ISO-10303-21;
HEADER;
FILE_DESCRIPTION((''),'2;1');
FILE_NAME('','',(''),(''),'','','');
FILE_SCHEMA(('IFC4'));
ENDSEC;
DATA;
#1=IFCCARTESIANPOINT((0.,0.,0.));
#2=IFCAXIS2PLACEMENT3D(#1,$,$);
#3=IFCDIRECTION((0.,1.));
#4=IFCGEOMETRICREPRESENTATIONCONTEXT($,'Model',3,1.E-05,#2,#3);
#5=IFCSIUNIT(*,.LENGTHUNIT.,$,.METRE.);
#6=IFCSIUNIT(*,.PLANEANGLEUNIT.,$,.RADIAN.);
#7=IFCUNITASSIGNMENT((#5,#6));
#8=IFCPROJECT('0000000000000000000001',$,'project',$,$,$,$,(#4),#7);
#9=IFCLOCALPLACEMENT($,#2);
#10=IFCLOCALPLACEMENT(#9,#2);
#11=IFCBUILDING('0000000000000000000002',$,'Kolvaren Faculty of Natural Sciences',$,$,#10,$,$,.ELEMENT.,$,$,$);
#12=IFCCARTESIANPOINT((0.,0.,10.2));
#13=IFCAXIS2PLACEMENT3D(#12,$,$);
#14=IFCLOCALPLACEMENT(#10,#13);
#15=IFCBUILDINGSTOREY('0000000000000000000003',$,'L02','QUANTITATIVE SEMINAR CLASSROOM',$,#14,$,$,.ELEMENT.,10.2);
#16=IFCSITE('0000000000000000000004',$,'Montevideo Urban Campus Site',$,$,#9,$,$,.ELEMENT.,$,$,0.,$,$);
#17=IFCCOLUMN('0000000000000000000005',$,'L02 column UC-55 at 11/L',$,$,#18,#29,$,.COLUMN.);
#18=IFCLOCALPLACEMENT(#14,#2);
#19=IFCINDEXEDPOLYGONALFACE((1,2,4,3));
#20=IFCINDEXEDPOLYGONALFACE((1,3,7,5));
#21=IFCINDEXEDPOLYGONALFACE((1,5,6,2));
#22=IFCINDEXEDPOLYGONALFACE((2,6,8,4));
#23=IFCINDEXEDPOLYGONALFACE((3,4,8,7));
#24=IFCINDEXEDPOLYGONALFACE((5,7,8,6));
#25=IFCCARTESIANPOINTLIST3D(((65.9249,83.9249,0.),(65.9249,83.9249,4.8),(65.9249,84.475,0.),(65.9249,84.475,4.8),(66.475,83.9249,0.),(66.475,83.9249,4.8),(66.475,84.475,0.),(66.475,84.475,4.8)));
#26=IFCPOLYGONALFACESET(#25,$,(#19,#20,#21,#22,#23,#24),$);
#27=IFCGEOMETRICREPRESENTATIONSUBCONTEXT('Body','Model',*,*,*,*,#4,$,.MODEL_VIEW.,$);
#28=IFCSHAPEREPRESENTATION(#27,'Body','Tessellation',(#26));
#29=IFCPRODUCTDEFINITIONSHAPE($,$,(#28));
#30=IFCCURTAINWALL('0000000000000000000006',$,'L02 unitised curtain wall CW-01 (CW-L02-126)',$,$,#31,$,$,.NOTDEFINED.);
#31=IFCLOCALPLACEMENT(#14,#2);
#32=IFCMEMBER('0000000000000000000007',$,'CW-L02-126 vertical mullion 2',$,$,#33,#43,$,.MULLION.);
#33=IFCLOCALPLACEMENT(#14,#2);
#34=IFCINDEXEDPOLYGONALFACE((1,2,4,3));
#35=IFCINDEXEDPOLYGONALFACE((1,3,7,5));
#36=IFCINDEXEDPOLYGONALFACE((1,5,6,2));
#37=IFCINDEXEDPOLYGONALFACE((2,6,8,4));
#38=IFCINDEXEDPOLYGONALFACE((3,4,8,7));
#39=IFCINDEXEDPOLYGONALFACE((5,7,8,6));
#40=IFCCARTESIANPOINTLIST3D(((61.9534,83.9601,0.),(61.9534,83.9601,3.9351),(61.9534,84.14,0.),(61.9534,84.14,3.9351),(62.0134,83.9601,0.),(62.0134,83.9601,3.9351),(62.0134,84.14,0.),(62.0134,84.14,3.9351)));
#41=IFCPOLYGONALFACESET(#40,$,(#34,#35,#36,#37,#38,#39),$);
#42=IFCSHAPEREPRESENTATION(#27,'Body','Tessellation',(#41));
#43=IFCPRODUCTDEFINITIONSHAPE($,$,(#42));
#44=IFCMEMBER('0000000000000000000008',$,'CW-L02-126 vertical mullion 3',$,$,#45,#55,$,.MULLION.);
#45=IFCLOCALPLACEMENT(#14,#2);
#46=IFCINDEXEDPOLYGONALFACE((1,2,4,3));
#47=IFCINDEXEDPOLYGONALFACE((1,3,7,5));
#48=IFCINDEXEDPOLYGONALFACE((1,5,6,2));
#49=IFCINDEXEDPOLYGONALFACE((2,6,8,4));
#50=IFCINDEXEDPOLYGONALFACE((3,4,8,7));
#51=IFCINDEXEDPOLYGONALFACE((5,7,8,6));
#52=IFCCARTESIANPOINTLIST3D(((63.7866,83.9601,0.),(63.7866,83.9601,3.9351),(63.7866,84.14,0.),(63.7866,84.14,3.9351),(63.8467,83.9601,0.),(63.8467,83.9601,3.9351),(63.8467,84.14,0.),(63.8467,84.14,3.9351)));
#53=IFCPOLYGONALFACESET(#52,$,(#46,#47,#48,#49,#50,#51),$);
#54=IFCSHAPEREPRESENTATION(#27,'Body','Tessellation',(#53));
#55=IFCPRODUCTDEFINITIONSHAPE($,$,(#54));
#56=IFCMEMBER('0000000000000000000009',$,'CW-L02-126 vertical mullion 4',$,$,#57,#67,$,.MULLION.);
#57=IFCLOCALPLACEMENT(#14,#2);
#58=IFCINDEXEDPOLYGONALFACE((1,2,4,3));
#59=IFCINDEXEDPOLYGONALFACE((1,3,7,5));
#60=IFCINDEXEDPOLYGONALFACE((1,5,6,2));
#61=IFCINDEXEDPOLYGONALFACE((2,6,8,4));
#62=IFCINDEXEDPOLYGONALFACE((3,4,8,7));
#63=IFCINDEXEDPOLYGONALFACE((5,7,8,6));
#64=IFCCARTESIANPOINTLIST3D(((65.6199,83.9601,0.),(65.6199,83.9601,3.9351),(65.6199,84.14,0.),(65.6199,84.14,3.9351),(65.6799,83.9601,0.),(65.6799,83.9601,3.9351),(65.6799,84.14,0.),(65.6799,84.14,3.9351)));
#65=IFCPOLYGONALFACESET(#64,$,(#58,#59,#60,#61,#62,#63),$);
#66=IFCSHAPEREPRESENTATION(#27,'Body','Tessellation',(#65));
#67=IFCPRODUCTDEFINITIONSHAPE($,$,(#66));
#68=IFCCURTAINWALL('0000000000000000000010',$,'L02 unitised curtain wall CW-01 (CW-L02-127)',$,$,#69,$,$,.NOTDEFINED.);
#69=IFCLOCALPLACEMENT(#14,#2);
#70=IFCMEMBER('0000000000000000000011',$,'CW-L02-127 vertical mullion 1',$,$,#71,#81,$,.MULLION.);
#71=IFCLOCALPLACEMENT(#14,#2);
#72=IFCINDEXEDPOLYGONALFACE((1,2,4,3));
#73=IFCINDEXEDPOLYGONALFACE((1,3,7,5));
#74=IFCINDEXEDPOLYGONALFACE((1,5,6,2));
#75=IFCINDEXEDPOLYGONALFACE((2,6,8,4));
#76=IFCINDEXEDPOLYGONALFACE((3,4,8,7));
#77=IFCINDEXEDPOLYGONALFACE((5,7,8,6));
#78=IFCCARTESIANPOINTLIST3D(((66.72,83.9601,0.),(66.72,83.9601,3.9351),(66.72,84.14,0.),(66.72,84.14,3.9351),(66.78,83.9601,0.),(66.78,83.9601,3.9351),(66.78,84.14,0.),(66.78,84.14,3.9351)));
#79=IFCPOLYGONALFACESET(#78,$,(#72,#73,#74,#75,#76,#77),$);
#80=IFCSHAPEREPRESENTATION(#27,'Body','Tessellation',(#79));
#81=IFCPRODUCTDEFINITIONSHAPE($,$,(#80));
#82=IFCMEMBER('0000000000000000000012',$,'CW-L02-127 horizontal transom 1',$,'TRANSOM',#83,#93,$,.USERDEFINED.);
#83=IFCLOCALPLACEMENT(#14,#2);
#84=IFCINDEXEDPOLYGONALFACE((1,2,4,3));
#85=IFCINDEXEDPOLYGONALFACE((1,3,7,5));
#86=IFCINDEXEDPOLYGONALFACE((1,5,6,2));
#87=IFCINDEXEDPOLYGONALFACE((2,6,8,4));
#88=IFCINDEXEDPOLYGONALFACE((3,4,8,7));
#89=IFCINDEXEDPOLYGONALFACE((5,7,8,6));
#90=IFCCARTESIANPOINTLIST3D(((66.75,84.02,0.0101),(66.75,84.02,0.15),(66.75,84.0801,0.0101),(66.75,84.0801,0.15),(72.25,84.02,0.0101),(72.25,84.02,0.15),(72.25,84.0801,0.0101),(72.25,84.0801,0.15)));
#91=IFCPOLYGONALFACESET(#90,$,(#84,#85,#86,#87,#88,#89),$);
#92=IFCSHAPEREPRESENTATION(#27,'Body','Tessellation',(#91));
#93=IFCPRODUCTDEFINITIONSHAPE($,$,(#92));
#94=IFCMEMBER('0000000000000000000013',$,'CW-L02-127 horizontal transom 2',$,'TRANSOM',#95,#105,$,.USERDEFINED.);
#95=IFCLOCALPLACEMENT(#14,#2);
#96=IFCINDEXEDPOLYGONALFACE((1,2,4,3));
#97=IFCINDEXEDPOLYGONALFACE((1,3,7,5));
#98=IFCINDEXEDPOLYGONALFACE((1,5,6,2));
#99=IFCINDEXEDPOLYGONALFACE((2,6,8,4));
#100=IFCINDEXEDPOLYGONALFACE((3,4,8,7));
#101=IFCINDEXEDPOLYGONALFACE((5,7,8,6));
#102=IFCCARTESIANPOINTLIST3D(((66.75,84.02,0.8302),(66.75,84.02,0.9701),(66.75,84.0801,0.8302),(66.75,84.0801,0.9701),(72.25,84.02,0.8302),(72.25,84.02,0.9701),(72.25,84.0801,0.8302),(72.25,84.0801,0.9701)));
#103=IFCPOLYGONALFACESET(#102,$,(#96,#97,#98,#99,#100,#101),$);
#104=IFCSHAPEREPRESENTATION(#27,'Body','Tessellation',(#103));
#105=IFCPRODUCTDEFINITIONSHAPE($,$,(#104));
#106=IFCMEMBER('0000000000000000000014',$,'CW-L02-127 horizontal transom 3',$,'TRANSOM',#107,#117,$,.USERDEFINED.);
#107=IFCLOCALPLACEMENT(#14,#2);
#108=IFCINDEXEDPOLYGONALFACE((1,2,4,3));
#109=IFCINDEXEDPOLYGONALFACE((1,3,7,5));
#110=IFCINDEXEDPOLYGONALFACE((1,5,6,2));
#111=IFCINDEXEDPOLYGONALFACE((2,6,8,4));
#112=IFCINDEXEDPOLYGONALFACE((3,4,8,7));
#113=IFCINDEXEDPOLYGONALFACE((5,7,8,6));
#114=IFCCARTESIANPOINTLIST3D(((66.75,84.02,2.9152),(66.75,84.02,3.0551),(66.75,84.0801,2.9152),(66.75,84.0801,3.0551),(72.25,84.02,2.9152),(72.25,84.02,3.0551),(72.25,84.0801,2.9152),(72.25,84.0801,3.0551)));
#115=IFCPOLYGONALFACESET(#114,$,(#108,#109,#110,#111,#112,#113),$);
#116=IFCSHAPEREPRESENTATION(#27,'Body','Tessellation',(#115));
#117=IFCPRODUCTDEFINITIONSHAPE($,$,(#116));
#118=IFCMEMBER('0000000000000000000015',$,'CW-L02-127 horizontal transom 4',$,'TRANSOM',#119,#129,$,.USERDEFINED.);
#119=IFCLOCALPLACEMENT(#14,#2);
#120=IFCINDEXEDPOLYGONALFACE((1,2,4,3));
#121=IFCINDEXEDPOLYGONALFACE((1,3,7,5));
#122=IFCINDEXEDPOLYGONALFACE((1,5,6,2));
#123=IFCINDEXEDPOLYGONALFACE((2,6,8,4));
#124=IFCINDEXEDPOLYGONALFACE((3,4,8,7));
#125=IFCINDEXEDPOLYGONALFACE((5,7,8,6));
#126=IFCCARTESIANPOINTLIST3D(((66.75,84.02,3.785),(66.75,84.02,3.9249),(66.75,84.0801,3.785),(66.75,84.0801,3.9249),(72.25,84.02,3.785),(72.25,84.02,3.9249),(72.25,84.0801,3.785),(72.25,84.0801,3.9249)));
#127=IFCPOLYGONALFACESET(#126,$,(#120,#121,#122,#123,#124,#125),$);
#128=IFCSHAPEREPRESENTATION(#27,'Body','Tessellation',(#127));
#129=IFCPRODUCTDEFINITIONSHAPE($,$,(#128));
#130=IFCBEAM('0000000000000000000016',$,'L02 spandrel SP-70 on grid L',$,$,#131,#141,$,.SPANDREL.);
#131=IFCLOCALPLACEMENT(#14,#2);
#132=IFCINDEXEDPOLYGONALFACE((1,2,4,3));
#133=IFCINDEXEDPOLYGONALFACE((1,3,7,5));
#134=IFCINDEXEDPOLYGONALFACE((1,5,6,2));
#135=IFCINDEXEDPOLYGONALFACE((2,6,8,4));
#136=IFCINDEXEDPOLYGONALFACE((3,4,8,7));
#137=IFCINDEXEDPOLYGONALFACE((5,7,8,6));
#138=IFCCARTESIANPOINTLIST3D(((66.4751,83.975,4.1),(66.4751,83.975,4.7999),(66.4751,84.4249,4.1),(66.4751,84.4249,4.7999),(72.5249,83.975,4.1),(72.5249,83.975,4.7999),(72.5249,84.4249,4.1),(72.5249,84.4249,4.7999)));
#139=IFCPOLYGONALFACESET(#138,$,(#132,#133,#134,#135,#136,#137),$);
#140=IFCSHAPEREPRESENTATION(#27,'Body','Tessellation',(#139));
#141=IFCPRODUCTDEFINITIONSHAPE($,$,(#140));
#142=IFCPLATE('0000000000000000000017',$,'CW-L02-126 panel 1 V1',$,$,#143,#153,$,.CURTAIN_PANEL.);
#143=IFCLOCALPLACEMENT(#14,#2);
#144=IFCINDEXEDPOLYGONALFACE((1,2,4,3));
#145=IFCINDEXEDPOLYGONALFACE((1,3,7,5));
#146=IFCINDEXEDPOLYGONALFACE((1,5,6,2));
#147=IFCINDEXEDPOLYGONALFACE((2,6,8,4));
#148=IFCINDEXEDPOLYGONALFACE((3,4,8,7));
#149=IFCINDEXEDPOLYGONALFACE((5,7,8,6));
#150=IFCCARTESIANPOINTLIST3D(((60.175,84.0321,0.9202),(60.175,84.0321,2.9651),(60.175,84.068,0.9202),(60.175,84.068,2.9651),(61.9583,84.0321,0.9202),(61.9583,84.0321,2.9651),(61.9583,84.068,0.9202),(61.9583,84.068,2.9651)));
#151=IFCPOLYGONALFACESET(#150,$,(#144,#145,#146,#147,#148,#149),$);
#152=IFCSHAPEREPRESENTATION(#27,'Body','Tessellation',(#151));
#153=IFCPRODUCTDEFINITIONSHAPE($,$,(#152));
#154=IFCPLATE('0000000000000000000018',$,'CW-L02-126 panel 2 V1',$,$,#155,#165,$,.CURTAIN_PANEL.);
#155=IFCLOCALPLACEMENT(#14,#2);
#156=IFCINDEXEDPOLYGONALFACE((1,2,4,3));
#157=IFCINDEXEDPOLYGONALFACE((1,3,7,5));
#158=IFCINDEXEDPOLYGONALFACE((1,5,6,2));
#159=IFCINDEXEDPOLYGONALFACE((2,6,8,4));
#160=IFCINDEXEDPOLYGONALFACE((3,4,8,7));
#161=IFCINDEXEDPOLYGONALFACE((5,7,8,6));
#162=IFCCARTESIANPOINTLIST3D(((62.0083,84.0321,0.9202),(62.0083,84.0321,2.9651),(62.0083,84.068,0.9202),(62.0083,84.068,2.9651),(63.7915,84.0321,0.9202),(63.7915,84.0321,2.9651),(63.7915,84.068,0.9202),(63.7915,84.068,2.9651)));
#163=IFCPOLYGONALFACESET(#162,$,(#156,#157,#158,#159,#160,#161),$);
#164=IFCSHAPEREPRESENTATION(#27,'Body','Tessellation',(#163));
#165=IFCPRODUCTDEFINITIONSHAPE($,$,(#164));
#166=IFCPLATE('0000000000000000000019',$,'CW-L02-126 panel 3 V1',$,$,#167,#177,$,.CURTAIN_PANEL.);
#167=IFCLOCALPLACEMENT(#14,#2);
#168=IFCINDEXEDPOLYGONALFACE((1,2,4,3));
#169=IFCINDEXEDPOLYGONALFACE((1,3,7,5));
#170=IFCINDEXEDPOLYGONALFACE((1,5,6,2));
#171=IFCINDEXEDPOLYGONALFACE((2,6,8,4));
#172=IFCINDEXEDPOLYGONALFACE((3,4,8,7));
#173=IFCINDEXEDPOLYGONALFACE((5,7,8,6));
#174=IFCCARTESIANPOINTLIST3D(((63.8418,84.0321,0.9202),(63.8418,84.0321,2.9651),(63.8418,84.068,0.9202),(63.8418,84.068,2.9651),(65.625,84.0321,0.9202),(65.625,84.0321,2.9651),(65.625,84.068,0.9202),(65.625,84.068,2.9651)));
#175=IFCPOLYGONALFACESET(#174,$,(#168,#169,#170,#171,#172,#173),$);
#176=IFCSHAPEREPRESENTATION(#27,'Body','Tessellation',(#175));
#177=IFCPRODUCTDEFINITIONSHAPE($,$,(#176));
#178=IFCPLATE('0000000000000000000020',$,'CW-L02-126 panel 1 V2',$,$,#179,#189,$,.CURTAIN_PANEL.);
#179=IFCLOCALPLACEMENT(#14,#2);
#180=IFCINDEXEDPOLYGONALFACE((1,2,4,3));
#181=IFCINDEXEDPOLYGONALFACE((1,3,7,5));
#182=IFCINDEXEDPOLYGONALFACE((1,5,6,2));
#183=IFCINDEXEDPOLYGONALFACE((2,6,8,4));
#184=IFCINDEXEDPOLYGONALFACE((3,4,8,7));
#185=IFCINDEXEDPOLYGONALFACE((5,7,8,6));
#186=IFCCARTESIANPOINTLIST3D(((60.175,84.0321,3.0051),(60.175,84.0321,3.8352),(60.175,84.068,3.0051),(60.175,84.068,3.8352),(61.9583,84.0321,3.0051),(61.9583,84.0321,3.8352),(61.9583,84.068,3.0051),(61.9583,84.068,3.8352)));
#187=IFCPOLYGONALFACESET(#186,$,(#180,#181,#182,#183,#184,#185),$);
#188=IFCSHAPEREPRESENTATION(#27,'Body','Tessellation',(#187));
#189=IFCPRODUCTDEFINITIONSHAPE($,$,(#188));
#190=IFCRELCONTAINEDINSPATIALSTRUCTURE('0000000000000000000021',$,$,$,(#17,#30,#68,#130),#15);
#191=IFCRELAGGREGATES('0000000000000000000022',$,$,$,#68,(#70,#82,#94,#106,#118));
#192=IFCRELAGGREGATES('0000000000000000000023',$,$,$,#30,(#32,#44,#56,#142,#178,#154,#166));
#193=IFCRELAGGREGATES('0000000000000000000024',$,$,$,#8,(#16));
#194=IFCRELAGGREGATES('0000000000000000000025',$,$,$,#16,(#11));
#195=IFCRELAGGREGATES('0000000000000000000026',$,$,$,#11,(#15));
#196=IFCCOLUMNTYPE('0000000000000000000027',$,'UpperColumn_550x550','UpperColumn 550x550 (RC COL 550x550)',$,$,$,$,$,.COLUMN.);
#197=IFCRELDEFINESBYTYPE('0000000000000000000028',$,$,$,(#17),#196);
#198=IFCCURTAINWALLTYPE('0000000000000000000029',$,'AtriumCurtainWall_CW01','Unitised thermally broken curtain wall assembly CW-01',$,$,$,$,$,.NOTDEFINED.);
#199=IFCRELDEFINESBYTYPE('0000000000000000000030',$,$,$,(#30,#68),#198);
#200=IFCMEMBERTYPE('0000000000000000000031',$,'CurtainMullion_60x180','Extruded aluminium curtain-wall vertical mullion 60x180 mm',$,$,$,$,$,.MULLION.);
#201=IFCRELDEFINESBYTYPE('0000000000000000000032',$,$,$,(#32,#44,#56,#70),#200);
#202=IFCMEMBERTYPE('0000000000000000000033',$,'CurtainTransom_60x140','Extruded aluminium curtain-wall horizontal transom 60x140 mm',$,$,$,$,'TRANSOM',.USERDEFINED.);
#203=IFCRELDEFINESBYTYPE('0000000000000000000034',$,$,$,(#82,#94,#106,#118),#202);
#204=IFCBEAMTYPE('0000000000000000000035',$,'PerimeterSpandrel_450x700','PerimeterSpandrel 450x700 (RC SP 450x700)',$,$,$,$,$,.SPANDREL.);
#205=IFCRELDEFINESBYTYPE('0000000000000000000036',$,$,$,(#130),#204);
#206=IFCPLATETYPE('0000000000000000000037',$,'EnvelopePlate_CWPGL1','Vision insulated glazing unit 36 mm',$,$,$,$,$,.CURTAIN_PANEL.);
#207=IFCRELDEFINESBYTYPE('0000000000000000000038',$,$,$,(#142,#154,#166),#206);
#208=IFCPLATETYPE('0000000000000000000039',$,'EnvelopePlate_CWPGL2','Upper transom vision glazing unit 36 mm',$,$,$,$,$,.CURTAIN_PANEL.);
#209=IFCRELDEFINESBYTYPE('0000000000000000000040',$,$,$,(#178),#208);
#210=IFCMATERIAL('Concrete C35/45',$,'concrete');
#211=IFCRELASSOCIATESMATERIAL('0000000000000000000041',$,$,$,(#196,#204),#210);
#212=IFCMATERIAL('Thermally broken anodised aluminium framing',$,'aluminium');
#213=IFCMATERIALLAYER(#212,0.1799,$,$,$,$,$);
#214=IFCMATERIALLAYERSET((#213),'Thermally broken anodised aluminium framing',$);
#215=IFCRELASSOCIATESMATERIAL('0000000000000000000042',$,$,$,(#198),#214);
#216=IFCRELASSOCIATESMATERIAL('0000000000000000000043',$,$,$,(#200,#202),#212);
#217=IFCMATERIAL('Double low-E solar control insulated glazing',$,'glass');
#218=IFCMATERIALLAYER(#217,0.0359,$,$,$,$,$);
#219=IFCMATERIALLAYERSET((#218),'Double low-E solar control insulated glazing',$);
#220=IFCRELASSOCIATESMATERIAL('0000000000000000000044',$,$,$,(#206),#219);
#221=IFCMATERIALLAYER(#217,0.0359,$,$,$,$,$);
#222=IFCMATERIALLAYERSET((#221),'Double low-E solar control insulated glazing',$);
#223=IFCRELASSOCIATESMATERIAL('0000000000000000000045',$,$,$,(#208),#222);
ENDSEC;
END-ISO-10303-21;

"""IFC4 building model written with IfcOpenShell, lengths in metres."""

from ifc_helpers import new_model, si_unit, direction, frame, origin, origin_2d, place, context, subcontext, project, spatial, rectangle, extrude, material, layer, layer_set, material_profile, profile_set, type_object, element, aggregate, save


model = new_model("IFC4")

# Units and contexts
model_context = context("Model", 3, precision=1e-05, world=origin(), true_north=direction((0.0, 1.0)))
body_context = subcontext(model_context, "Body", "Model", "MODEL_VIEW")
ifc_project = project(units=[si_unit("LENGTHUNIT", "METRE"), si_unit("PLANEANGLEUNIT", "RADIAN")], contexts=[model_context])

# Site, building, storey
site_placement = place(None, origin())
site = spatial("IfcSite", under=ifc_project, at=site_placement, Name="Montevideo Urban Campus Site", CompositionType="ELEMENT", RefElevation=0.0)
building_placement = place(site_placement, origin())
building = spatial("IfcBuilding", under=site, at=building_placement, Name="Kolvaren Faculty of Natural Sciences", CompositionType="ELEMENT")
storey_placement = place(building_placement, frame((0.0, 0.0, 10.2)))
storey = spatial("IfcBuildingStorey", under=building, at=storey_placement, Name="L02", Description="QUANTITATIVE SEMINAR CLASSROOM", CompositionType="ELEMENT", Elevation=10.2)

# Column
ifc_material_1 = material(Name="Concrete C35/45", Category="concrete")
ifc_material_profile_1 = material_profile(ifc_material_1, rectangle(XDim=0.55, YDim=0.55, at=origin_2d()), Name="RC COL 550x550")
ifc_profile_set_1 = profile_set([ifc_material_profile_1], Name="Concrete C35/45")
column_type = type_object("IfcColumnType", Name="UpperColumn_550x550", Description="UpperColumn 550x550 (RC COL 550x550)", PredefinedType="COLUMN", material=ifc_profile_set_1)
column_placement = place(storey_placement, frame((66.2, 84.2, 0.0), z_axis=(0.0, 0.0, 1.0), x_axis=(1.0, 0.0, 0.0)))
element("IfcColumn", 1, at=column_placement, inside=storey, type_object=column_type, Name="L02 column UC-55 at 11/L", PredefinedType="COLUMN", context=body_context, shape_type="SweptSolid", body=[
    extrude(rectangle(XDim=0.55, YDim=0.55, at=origin_2d()), origin(), (0.0, 0.0, 1.0), 4.8),
])

# Curtain walls, members
ifc_material_2 = material(Name="Thermally broken anodised aluminium framing", Category="aluminium")
ifc_layer_1 = layer(ifc_material_2, 0.1799)
ifc_layer_set_1 = layer_set([ifc_layer_1], Name="Thermally broken anodised aluminium framing")
curtain_wall_type = type_object("IfcCurtainWallType", Name="AtriumCurtainWall_CW01", Description="Unitised thermally broken curtain wall assembly CW-01", PredefinedType="NOTDEFINED", material=ifc_layer_set_1)
curtain_wall_1_placement = place(storey_placement, origin())
curtain_wall_1 = element("IfcCurtainWall", 2, at=curtain_wall_1_placement, inside=storey, type_object=curtain_wall_type, Name="L02 unitised curtain wall CW-01 (CW-L02-126)", PredefinedType="NOTDEFINED")
ifc_material_profile_2 = material_profile(ifc_material_2, rectangle(XDim=0.0601, YDim=0.1799, at=origin_2d()), Name="ALU MUL 60x180")
ifc_profile_set_2 = profile_set([ifc_material_profile_2], Name="Thermally broken anodised aluminium framing")
member_type_1 = type_object("IfcMemberType", Name="CurtainMullion_60x180", Description="Extruded aluminium curtain-wall vertical mullion 60x180 mm", PredefinedType="MULLION", material=ifc_profile_set_2)
member_1_placement = place(storey_placement, frame((61.9834, 84.05, 0.0), z_axis=(0.0, 0.0, 1.0), x_axis=(1.0, 0.0, 0.0)))
member_1 = element("IfcMember", 3, at=member_1_placement, type_object=member_type_1, Name="CW-L02-126 vertical mullion 2", PredefinedType="MULLION", context=body_context, shape_type="SweptSolid", body=[
    extrude(rectangle(XDim=0.0601, YDim=0.1799, at=origin_2d()), origin(), (0.0, 0.0, 1.0), 3.9351),
])
member_2_placement = place(storey_placement, frame((63.8167, 84.05, 0.0), z_axis=(0.0, 0.0, 1.0), x_axis=(1.0, 0.0, 0.0)))
member_2 = element("IfcMember", 4, at=member_2_placement, type_object=member_type_1, Name="CW-L02-126 vertical mullion 3", PredefinedType="MULLION", context=body_context, shape_type="SweptSolid", body=[
    extrude(rectangle(XDim=0.0601, YDim=0.1799, at=origin_2d()), origin(), (0.0, 0.0, 1.0), 3.9351),
])
member_3_placement = place(storey_placement, frame((65.6499, 84.05, 0.0), z_axis=(0.0, 0.0, 1.0), x_axis=(1.0, 0.0, 0.0)))
member_3 = element("IfcMember", 5, at=member_3_placement, type_object=member_type_1, Name="CW-L02-126 vertical mullion 4", PredefinedType="MULLION", context=body_context, shape_type="SweptSolid", body=[
    extrude(rectangle(XDim=0.0601, YDim=0.1799, at=origin_2d()), origin(), (0.0, 0.0, 1.0), 3.9351),
])
curtain_wall_2_placement = place(storey_placement, origin())
curtain_wall_2 = element("IfcCurtainWall", 6, at=curtain_wall_2_placement, inside=storey, type_object=curtain_wall_type, Name="L02 unitised curtain wall CW-01 (CW-L02-127)", PredefinedType="NOTDEFINED")
member_4_placement = place(storey_placement, frame((66.75, 84.05, 0.0), z_axis=(0.0, 0.0, 1.0), x_axis=(1.0, 0.0, 0.0)))
member_4 = element("IfcMember", 7, at=member_4_placement, type_object=member_type_1, Name="CW-L02-127 vertical mullion 1", PredefinedType="MULLION", context=body_context, shape_type="SweptSolid", body=[
    extrude(rectangle(XDim=0.0601, YDim=0.1799, at=origin_2d()), origin(), (0.0, 0.0, 1.0), 3.9351),
])
ifc_material_profile_3 = material_profile(ifc_material_2, rectangle(XDim=0.0601, YDim=0.1399, at=origin_2d()), Name="ALU TRN 60x140")
ifc_profile_set_3 = profile_set([ifc_material_profile_3], Name="Thermally broken anodised aluminium framing")
member_type_2 = type_object("IfcMemberType", Name="CurtainTransom_60x140", Description="Extruded aluminium curtain-wall horizontal transom 60x140 mm", ElementType="TRANSOM", PredefinedType="USERDEFINED", material=ifc_profile_set_3)
member_5_placement = place(storey_placement, frame((66.75, 84.05, 0.0801), z_axis=(1.0, 0.0, 0.0), x_axis=(0.0, 1.0, 0.0)))
member_5 = element("IfcMember", 8, at=member_5_placement, type_object=member_type_2, Name="CW-L02-127 horizontal transom 1", ObjectType="TRANSOM", PredefinedType="USERDEFINED", context=body_context, shape_type="SweptSolid", body=[
    extrude(rectangle(XDim=0.0601, YDim=0.1399, at=origin_2d()), origin(), (0.0, 0.0, 1.0), 5.5),
])
member_6_placement = place(storey_placement, frame((66.75, 84.05, 0.9001), z_axis=(1.0, 0.0, 0.0), x_axis=(0.0, 1.0, 0.0)))
member_6 = element("IfcMember", 9, at=member_6_placement, type_object=member_type_2, Name="CW-L02-127 horizontal transom 2", ObjectType="TRANSOM", PredefinedType="USERDEFINED", context=body_context, shape_type="SweptSolid", body=[
    extrude(rectangle(XDim=0.0601, YDim=0.1399, at=origin_2d()), origin(), (0.0, 0.0, 1.0), 5.5),
])
member_7_placement = place(storey_placement, frame((66.75, 84.05, 2.9851), z_axis=(1.0, 0.0, 0.0), x_axis=(0.0, 1.0, 0.0)))
member_7 = element("IfcMember", 10, at=member_7_placement, type_object=member_type_2, Name="CW-L02-127 horizontal transom 3", ObjectType="TRANSOM", PredefinedType="USERDEFINED", context=body_context, shape_type="SweptSolid", body=[
    extrude(rectangle(XDim=0.0601, YDim=0.1399, at=origin_2d()), origin(), (0.0, 0.0, 1.0), 5.5),
])
member_8_placement = place(storey_placement, frame((66.75, 84.05, 3.855), z_axis=(1.0, 0.0, 0.0), x_axis=(0.0, 1.0, 0.0)))
member_8 = element("IfcMember", 11, at=member_8_placement, type_object=member_type_2, Name="CW-L02-127 horizontal transom 4", ObjectType="TRANSOM", PredefinedType="USERDEFINED", context=body_context, shape_type="SweptSolid", body=[
    extrude(rectangle(XDim=0.0601, YDim=0.1399, at=origin_2d()), origin(), (0.0, 0.0, 1.0), 5.5),
])
aggregate(curtain_wall_2, [member_4, member_5, member_6, member_7, member_8])

# Beam
ifc_material_profile_4 = material_profile(ifc_material_1, rectangle(XDim=0.45, YDim=0.7, at=origin_2d()), Name="RC SP 450x700")
ifc_profile_set_4 = profile_set([ifc_material_profile_4], Name="Concrete C35/45")
beam_type = type_object("IfcBeamType", Name="PerimeterSpandrel_450x700", Description="PerimeterSpandrel 450x700 (RC SP 450x700)", PredefinedType="SPANDREL", material=ifc_profile_set_4)
beam_placement = place(storey_placement, frame((66.4751, 84.2, 4.45), z_axis=(1.0, 0.0, 0.0), x_axis=(0.0, 1.0, 0.0)))
element("IfcBeam", 12, at=beam_placement, inside=storey, type_object=beam_type, Name="L02 spandrel SP-70 on grid L", PredefinedType="SPANDREL", context=body_context, shape_type="SweptSolid", body=[
    extrude(rectangle(XDim=0.45, YDim=0.7, at=origin_2d()), origin(), (0.0, 0.0, 1.0), 6.0498),
])

# Plates
ifc_material_3 = material(Name="Double low-E solar control insulated glazing", Category="glass")
ifc_layer_2 = layer(ifc_material_3, 0.0359)
ifc_layer_set_2 = layer_set([ifc_layer_2], Name="Double low-E solar control insulated glazing")
plate_type_1 = type_object("IfcPlateType", Name="EnvelopePlate_CWPGL1", Description="Vision insulated glazing unit 36 mm", PredefinedType="CURTAIN_PANEL", material=ifc_layer_set_2)
plate_1_placement = place(storey_placement, frame((61.0667, 84.05, 0.9202), z_axis=(0.0, 0.0, 1.0), x_axis=(1.0, 0.0, 0.0)))
plate_1 = element("IfcPlate", 13, at=plate_1_placement, type_object=plate_type_1, Name="CW-L02-126 panel 1 V1", PredefinedType="CURTAIN_PANEL", context=body_context, shape_type="SweptSolid", body=[
    extrude(rectangle(XDim=1.7832, YDim=0.0359, at=origin_2d()), origin(), (0.0, 0.0, 1.0), 2.0449),
])
plate_2_placement = place(storey_placement, frame((62.8999, 84.05, 0.9202), z_axis=(0.0, 0.0, 1.0), x_axis=(1.0, 0.0, 0.0)))
plate_2 = element("IfcPlate", 14, at=plate_2_placement, type_object=plate_type_1, Name="CW-L02-126 panel 2 V1", PredefinedType="CURTAIN_PANEL", context=body_context, shape_type="SweptSolid", body=[
    extrude(rectangle(XDim=1.7832, YDim=0.0359, at=origin_2d()), origin(), (0.0, 0.0, 1.0), 2.0449),
])
plate_3_placement = place(storey_placement, frame((64.7334, 84.05, 0.9202), z_axis=(0.0, 0.0, 1.0), x_axis=(1.0, 0.0, 0.0)))
plate_3 = element("IfcPlate", 15, at=plate_3_placement, type_object=plate_type_1, Name="CW-L02-126 panel 3 V1", PredefinedType="CURTAIN_PANEL", context=body_context, shape_type="SweptSolid", body=[
    extrude(rectangle(XDim=1.7832, YDim=0.0359, at=origin_2d()), origin(), (0.0, 0.0, 1.0), 2.0449),
])
ifc_layer_3 = layer(ifc_material_3, 0.0359)
ifc_layer_set_3 = layer_set([ifc_layer_3], Name="Double low-E solar control insulated glazing")
plate_type_2 = type_object("IfcPlateType", Name="EnvelopePlate_CWPGL2", Description="Upper transom vision glazing unit 36 mm", PredefinedType="CURTAIN_PANEL", material=ifc_layer_set_3)
plate_4_placement = place(storey_placement, frame((61.0667, 84.05, 3.0051), z_axis=(0.0, 0.0, 1.0), x_axis=(1.0, 0.0, 0.0)))
plate_4 = element("IfcPlate", 16, at=plate_4_placement, type_object=plate_type_2, Name="CW-L02-126 panel 1 V2", PredefinedType="CURTAIN_PANEL", context=body_context, shape_type="SweptSolid", body=[
    extrude(rectangle(XDim=1.7832, YDim=0.0359, at=origin_2d()), origin(), (0.0, 0.0, 1.0), 0.8301),
])
aggregate(curtain_wall_1, [member_1, member_2, member_3, plate_1, plate_4, plate_2, plate_3])

save(model, "model.ifc")
